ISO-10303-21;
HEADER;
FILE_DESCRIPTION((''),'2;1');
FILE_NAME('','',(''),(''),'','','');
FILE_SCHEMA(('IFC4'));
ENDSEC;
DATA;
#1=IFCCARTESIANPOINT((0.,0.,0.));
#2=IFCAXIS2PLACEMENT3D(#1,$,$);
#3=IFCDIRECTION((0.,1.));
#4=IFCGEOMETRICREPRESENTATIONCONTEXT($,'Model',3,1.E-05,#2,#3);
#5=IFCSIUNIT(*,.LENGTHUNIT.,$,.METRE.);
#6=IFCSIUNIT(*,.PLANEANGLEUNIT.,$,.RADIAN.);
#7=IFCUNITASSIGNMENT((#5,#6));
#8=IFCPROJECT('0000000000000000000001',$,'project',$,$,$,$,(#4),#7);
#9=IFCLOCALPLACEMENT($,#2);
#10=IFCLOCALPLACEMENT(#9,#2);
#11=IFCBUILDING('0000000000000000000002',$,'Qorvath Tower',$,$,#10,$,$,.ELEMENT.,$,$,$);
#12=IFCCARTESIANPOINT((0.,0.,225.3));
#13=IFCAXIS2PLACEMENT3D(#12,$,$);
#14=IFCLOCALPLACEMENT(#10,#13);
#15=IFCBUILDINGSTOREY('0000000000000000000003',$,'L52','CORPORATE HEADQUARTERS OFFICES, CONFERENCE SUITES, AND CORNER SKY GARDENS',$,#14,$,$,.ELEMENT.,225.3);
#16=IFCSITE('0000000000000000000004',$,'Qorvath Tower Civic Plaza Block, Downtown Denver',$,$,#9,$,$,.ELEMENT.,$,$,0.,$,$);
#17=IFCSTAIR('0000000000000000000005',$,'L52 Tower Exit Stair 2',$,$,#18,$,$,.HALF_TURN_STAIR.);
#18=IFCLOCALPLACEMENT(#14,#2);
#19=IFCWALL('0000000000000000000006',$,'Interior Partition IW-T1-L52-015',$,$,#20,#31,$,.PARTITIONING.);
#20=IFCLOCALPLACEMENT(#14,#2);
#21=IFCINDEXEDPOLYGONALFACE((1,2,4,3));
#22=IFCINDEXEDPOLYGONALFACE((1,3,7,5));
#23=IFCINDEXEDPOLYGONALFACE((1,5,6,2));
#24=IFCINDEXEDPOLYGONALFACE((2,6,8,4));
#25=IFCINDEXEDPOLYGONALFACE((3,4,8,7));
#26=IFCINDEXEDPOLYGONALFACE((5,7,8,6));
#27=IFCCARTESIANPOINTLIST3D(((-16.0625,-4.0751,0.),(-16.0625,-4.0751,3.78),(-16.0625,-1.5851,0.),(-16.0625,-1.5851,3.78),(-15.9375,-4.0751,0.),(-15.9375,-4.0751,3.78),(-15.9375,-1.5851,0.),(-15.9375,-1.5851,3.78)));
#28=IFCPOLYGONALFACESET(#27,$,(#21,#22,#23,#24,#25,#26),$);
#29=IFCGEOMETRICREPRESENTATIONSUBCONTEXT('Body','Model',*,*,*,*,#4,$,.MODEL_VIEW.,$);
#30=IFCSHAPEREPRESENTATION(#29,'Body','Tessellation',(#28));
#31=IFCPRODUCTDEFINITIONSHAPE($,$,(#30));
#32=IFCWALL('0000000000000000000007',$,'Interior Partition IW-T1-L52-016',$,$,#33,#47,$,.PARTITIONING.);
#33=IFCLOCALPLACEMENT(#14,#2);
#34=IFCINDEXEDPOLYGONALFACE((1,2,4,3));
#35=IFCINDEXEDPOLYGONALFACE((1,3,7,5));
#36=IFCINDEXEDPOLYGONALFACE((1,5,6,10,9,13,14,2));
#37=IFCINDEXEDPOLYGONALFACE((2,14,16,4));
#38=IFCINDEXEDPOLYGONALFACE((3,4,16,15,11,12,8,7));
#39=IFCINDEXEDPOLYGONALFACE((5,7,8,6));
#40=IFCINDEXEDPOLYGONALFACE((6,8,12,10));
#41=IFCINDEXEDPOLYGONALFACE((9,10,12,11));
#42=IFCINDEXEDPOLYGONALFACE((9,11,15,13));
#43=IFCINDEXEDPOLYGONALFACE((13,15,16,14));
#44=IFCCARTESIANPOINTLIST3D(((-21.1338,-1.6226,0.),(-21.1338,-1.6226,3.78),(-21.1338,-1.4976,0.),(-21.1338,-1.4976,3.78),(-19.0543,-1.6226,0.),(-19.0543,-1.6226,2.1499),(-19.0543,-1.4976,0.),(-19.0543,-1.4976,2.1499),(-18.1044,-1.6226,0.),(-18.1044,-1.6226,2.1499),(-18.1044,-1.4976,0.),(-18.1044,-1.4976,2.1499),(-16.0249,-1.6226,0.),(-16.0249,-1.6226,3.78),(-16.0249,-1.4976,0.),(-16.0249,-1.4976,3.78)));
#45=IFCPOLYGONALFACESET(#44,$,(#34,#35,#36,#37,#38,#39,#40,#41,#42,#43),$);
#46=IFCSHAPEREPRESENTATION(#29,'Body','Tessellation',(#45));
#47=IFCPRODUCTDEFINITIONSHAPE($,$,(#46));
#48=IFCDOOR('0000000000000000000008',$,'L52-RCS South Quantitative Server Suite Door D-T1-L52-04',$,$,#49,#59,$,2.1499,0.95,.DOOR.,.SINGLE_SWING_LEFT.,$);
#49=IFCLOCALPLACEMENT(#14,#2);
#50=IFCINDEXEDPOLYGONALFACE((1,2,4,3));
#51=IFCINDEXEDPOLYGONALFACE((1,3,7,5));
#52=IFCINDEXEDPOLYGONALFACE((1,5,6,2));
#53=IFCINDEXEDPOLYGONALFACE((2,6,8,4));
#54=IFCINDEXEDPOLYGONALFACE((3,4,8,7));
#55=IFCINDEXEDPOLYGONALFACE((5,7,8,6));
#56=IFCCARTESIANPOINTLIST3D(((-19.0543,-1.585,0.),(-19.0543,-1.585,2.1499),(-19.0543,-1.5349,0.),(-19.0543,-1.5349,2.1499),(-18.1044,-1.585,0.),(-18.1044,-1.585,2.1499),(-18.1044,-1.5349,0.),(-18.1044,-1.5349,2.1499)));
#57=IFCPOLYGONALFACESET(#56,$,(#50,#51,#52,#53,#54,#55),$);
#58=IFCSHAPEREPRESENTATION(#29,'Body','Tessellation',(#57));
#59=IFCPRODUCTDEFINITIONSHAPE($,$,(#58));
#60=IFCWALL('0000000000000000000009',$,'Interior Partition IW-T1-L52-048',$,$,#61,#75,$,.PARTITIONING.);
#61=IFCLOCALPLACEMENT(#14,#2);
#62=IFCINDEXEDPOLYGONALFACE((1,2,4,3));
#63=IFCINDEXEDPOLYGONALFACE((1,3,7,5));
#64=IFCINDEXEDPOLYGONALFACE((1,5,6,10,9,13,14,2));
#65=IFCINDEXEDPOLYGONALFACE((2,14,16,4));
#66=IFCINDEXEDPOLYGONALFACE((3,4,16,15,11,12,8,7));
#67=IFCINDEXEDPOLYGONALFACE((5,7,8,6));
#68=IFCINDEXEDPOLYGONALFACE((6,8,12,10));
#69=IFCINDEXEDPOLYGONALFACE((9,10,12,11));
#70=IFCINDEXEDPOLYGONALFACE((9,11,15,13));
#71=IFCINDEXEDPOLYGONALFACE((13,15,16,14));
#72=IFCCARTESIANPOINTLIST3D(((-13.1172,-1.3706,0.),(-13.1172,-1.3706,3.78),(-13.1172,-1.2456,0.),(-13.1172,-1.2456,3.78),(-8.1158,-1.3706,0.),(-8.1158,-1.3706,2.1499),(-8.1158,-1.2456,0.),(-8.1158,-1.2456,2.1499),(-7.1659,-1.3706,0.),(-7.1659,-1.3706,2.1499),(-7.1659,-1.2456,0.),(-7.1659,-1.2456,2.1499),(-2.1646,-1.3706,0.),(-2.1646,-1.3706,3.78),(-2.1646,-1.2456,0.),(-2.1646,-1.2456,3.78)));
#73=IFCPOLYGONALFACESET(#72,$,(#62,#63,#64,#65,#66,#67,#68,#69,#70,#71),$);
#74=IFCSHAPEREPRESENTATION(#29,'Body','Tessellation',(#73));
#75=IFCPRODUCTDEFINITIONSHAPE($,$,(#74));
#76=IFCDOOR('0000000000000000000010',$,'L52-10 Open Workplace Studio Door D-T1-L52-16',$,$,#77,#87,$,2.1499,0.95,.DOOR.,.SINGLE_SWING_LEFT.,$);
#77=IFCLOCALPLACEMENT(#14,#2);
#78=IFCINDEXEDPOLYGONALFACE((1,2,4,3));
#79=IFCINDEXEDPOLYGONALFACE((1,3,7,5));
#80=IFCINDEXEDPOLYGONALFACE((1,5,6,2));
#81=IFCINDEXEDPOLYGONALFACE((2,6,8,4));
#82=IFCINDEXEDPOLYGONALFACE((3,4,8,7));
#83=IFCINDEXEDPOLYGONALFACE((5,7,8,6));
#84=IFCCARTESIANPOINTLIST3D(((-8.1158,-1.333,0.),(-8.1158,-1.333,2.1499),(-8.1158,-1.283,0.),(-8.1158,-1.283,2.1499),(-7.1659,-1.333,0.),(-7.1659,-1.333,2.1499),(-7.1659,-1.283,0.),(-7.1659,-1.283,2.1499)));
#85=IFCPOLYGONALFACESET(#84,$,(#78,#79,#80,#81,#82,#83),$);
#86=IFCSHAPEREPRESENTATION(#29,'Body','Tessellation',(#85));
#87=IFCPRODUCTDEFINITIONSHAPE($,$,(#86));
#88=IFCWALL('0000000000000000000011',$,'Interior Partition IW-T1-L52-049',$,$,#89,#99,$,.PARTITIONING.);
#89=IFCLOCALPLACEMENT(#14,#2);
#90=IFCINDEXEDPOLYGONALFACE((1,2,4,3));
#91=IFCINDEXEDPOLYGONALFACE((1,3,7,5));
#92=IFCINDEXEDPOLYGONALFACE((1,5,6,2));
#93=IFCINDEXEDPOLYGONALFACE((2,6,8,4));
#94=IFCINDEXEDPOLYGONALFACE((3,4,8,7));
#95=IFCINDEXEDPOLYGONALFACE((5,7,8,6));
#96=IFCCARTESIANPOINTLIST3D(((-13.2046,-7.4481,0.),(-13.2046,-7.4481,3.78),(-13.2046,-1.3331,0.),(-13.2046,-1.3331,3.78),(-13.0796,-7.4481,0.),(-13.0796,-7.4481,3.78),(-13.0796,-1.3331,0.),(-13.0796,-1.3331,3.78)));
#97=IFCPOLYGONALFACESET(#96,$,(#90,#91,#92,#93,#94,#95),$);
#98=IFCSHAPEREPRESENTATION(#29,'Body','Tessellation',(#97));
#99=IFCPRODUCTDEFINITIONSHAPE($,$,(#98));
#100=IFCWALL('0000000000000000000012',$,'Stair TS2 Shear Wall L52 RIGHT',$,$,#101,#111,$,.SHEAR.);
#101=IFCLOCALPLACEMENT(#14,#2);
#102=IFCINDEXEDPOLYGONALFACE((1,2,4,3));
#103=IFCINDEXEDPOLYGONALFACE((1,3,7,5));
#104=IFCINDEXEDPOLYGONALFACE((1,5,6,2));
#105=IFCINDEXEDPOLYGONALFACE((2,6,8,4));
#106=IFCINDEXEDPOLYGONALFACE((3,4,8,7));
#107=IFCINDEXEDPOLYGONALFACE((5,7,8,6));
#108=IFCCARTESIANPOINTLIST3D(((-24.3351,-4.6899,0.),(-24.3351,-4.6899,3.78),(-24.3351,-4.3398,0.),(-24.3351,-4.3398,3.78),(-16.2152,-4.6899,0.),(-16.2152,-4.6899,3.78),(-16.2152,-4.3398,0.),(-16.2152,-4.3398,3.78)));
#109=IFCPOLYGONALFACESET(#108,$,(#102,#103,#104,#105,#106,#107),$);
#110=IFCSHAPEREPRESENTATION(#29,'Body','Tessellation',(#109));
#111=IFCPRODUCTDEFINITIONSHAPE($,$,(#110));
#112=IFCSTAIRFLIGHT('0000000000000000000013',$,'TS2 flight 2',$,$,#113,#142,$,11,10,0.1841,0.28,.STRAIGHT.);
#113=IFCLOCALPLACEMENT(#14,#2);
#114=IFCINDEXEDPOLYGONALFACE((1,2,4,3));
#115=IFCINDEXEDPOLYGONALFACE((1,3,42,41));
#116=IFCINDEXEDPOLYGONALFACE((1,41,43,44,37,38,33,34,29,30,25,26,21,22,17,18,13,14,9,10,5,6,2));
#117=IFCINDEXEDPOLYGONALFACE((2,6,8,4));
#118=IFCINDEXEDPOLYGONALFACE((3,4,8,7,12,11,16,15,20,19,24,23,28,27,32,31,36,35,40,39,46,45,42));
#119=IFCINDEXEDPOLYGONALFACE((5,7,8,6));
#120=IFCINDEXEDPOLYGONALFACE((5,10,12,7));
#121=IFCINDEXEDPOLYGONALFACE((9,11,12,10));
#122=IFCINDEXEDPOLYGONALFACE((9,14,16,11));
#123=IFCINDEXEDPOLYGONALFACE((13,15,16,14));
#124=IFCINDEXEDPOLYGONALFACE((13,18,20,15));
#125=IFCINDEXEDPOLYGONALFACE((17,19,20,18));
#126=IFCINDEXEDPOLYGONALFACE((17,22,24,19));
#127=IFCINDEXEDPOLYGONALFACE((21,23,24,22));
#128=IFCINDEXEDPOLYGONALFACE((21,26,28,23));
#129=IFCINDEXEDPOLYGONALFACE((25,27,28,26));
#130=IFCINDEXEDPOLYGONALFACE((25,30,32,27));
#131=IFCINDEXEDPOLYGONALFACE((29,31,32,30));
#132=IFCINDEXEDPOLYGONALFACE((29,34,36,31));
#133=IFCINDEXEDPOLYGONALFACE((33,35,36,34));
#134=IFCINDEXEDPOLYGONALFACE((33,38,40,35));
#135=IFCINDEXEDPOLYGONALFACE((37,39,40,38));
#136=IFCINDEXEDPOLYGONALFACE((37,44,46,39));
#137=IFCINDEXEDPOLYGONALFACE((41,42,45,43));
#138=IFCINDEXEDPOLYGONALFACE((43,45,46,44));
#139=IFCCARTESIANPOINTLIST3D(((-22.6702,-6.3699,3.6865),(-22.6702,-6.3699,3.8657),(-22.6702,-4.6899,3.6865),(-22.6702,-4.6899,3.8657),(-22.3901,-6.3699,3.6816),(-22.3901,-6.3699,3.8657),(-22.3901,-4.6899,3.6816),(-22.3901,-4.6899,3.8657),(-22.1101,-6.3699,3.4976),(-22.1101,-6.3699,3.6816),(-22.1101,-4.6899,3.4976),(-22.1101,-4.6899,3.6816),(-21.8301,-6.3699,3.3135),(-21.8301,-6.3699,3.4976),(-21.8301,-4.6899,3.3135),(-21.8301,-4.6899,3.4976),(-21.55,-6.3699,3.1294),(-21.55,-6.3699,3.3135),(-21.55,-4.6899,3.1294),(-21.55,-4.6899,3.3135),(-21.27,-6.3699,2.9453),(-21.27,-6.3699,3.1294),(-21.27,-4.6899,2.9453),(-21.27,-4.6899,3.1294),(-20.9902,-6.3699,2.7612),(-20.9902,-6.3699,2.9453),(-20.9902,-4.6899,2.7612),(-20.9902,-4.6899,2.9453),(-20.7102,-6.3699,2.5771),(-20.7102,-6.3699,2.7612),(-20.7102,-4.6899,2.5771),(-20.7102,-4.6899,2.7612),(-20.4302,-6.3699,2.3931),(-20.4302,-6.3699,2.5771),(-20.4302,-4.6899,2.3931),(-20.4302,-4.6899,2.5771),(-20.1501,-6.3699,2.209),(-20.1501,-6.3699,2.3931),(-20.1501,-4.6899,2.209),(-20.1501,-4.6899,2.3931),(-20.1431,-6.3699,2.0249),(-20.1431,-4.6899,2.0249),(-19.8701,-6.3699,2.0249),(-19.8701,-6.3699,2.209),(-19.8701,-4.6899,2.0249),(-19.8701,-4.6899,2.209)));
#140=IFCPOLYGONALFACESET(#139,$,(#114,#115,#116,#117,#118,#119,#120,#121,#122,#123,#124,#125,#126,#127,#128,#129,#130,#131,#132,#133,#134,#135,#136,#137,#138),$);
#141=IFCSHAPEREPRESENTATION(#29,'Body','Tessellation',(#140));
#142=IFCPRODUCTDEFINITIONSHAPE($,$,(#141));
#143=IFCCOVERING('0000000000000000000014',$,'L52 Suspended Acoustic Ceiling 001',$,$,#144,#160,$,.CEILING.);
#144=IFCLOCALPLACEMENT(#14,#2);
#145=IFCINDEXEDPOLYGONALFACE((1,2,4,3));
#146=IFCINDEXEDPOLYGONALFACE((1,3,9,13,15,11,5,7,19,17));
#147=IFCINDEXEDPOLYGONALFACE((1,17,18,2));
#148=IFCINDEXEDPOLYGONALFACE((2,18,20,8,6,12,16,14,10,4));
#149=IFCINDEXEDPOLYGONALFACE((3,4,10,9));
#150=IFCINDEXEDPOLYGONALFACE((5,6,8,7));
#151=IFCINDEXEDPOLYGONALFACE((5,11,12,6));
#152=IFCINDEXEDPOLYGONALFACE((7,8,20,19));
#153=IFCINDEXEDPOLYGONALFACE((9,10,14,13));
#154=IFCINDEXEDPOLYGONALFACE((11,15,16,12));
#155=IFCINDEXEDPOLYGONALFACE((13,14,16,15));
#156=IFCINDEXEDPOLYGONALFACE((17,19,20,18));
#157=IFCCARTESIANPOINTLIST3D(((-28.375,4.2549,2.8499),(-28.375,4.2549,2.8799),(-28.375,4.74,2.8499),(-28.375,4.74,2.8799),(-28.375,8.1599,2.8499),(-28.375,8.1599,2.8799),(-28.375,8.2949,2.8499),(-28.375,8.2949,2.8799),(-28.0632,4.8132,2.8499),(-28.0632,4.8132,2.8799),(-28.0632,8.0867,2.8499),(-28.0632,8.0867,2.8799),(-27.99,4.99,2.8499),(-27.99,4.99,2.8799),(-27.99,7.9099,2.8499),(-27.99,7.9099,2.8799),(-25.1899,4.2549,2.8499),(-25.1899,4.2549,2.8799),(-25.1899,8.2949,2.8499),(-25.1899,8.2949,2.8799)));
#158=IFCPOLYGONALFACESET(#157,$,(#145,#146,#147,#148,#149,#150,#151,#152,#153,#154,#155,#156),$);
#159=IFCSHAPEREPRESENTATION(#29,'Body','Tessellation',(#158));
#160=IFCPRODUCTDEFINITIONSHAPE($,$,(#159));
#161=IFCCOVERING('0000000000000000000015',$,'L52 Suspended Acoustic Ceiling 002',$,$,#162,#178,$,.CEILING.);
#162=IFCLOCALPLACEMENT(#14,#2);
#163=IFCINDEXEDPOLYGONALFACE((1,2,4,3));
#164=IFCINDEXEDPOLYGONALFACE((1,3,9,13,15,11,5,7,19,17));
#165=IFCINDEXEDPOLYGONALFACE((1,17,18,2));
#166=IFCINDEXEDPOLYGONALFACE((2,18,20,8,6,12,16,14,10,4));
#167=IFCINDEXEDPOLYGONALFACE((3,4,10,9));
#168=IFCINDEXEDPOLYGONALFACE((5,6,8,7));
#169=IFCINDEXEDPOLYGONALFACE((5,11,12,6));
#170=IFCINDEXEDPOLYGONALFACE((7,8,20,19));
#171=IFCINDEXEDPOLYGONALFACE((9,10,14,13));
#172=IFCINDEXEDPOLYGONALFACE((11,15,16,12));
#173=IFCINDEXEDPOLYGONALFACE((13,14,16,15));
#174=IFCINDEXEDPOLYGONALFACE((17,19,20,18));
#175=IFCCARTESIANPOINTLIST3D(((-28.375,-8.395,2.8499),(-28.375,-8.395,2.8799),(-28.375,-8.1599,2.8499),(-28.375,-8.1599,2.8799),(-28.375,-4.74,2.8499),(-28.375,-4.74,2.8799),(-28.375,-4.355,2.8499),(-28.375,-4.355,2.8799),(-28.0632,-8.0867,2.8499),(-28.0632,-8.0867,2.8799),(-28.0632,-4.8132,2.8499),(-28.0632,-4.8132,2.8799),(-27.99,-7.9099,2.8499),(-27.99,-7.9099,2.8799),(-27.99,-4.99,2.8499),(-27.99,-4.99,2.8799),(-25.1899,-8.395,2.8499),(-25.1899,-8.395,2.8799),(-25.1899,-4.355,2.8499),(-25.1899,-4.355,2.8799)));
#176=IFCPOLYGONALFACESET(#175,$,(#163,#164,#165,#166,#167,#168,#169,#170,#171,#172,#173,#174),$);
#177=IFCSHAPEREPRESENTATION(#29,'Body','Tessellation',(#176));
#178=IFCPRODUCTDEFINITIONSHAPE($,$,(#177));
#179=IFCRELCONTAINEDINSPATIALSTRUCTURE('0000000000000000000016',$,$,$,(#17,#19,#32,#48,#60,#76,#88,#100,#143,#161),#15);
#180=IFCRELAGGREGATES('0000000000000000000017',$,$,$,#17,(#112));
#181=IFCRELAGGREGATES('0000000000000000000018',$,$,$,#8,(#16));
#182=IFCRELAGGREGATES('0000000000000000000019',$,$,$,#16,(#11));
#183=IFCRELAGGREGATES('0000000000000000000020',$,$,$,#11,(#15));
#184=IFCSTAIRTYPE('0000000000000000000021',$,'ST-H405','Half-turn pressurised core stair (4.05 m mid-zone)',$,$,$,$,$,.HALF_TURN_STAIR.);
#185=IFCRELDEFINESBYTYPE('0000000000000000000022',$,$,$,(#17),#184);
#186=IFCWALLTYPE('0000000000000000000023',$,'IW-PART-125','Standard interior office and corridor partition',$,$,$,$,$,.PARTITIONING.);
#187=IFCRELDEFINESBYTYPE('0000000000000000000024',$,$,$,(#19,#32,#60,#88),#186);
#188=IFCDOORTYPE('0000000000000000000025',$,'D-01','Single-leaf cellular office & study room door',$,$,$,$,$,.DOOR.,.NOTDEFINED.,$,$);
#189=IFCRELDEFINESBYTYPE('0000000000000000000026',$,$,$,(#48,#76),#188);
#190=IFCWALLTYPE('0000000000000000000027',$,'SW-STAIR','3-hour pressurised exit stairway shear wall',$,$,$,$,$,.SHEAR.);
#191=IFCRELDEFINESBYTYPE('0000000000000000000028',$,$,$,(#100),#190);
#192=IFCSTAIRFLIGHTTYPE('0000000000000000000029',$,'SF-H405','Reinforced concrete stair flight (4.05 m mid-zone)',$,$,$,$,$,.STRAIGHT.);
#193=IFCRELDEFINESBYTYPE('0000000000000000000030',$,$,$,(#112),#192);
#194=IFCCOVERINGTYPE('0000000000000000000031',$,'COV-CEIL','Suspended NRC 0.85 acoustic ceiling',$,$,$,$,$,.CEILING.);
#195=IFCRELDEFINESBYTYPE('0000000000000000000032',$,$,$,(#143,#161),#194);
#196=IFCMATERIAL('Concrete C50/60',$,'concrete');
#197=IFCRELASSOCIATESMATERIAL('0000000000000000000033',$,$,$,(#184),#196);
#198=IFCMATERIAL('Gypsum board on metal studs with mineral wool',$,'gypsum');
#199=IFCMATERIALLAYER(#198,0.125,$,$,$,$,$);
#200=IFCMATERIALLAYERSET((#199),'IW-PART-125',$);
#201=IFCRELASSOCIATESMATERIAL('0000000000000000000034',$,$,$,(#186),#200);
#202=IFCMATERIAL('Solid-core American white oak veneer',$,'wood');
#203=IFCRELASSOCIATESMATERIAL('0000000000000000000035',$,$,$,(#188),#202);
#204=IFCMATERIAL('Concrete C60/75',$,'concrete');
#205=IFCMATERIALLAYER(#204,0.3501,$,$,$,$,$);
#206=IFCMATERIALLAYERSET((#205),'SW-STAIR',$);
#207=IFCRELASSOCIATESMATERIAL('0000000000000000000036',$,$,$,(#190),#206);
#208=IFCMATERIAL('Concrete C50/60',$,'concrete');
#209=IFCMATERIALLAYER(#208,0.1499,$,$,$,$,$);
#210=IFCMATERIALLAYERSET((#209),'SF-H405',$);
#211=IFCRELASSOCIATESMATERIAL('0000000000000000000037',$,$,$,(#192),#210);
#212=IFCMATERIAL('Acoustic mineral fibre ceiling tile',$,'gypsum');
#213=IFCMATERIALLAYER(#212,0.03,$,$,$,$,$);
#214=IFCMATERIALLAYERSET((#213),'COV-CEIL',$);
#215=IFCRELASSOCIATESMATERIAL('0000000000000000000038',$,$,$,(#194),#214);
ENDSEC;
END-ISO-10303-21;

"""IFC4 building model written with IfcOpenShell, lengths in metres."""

from ifc_helpers import new_model, si_unit, direction, frame, frame_2d, origin, place, context, subcontext, project, spatial, polyline, rectangle, outline, extrude, material, layer, layer_set, type_object, element, fill, aggregate, save


model = new_model("IFC4")

# Units and contexts
model_context = context("Model", 3, precision=1e-05, world=origin(), true_north=direction((0.0, 1.0)))
body_context = subcontext(model_context, "Body", "Model", "MODEL_VIEW")
ifc_project = project(units=[si_unit("LENGTHUNIT", "METRE"), si_unit("PLANEANGLEUNIT", "RADIAN")], contexts=[model_context])

# Site, building, storey
site_placement = place(None, origin())
site = spatial("IfcSite", under=ifc_project, at=site_placement, Name="Qorvath Tower Civic Plaza Block, Downtown Denver", CompositionType="ELEMENT", RefElevation=0.0)
building_placement = place(site_placement, origin())
building = spatial("IfcBuilding", under=site, at=building_placement, Name="Qorvath Tower", CompositionType="ELEMENT")
storey_placement = place(building_placement, frame((0.0, 0.0, 225.3)))
storey = spatial("IfcBuildingStorey", under=building, at=storey_placement, Name="L52", Description="CORPORATE HEADQUARTERS OFFICES, CONFERENCE SUITES, AND CORNER SKY GARDENS", CompositionType="ELEMENT", Elevation=225.3)

# Stair
ifc_material_1 = material(Name="Concrete C50/60", Category="concrete")
stair_type = type_object("IfcStairType", Name="ST-H405", Description="Half-turn pressurised core stair (4.05 m mid-zone)", PredefinedType="HALF_TURN_STAIR", material=ifc_material_1)
stair_1_placement = place(storey_placement, origin())
stair_1 = element("IfcStair", 1, at=stair_1_placement, inside=storey, type_object=stair_type, Name="L52 Tower Exit Stair 2", PredefinedType="HALF_TURN_STAIR")

# Wall
ifc_material_2 = material(Name="Gypsum board on metal studs with mineral wool", Category="gypsum")
ifc_layer_1 = layer(ifc_material_2, 0.125)
ifc_layer_set_1 = layer_set([ifc_layer_1], Name="IW-PART-125")
wall_type_1 = type_object("IfcWallType", Name="IW-PART-125", Description="Standard interior office and corridor partition", PredefinedType="PARTITIONING", material=ifc_layer_set_1)
wall_1_placement = place(storey_placement, frame((-16.0, -4.0752, 0.0), z_axis=(0.0, 0.0, 1.0), x_axis=(0.0, 1.0, 0.0)))
element("IfcWall", 2, at=wall_1_placement, inside=storey, type_object=wall_type_1, Name="Interior Partition IW-T1-L52-015", PredefinedType="PARTITIONING", context=body_context, shape_type="SweptSolid", body=[
    extrude(rectangle(XDim=2.49, YDim=0.125, at=frame_2d((1.2451, 0.0))), origin(), (0.0, 0.0, 1.0), 3.78),
])

# Walls, openings, doors
wall_2_placement = place(storey_placement, frame((-16.0249, -1.5601, 0.0), z_axis=(0.0, 0.0, 1.0), x_axis=(-1.0, 0.0, 0.0)))
wall_2 = element("IfcWall", 3, at=wall_2_placement, inside=storey, type_object=wall_type_1, Name="Interior Partition IW-T1-L52-016", PredefinedType="PARTITIONING", context=body_context, shape_type="SweptSolid", body=[
    extrude(rectangle(XDim=5.1089, YDim=0.125, at=frame_2d((2.5544, 0.0))), origin(), (0.0, 0.0, 1.0), 3.78),
])
opening_1_placement = place(wall_2_placement, frame((2.0793, 0.0, 0.0)))
opening_1 = element("IfcOpeningElement", 4, at=opening_1_placement, cuts=wall_2, PredefinedType="OPENING", context=body_context, shape_type="SweptSolid", body=[
    extrude(rectangle(XDim=0.95, YDim=2.1499, at=frame_2d((0.4751, 1.075))), frame((0.0, 0.0725, 0.0), z_axis=(0.0, -1.0, 0.0), x_axis=(1.0, 0.0, 0.0)), (0.0, 0.0, 1.0), 0.145),
])
ifc_material_3 = material(Name="Solid-core American white oak veneer", Category="wood")
door_type = type_object("IfcDoorType", Name="D-01", Description="Single-leaf cellular office & study room door", OperationType="NOTDEFINED", PredefinedType="DOOR", material=ifc_material_3)
door_1_placement = place(opening_1_placement, origin())
door_1 = element("IfcDoor", 5, at=door_1_placement, inside=storey, type_object=door_type, Name="L52-RCS South Quantitative Server Suite Door D-T1-L52-04", OperationType="SINGLE_SWING_LEFT", OverallHeight=2.1499, OverallWidth=0.95, PredefinedType="DOOR", context=body_context, shape_type="SweptSolid", body=[
    extrude(rectangle(XDim=0.95, YDim=2.1499, at=frame_2d((0.4751, 1.075))), frame((0.0, 0.0249, 0.0), z_axis=(0.0, -1.0, 0.0), x_axis=(1.0, 0.0, 0.0)), (0.0, 0.0, 1.0), 0.05),
])
fill(opening_1, door_1)
wall_3_placement = place(storey_placement, frame((-2.1646, -1.3081, 0.0), z_axis=(0.0, 0.0, 1.0), x_axis=(-1.0, 0.0, 0.0)))
wall_3 = element("IfcWall", 6, at=wall_3_placement, inside=storey, type_object=wall_type_1, Name="Interior Partition IW-T1-L52-048", PredefinedType="PARTITIONING", context=body_context, shape_type="SweptSolid", body=[
    extrude(rectangle(XDim=10.9526, YDim=0.125, at=frame_2d((5.4763, 0.0))), origin(), (0.0, 0.0, 1.0), 3.78),
])
opening_2_placement = place(wall_3_placement, frame((5.0012, 0.0, 0.0)))
opening_2 = element("IfcOpeningElement", 7, at=opening_2_placement, cuts=wall_3, PredefinedType="OPENING", context=body_context, shape_type="SweptSolid", body=[
    extrude(rectangle(XDim=0.95, YDim=2.1499, at=frame_2d((0.4751, 1.075))), frame((0.0, 0.0725, 0.0), z_axis=(0.0, -1.0, 0.0), x_axis=(1.0, 0.0, 0.0)), (0.0, 0.0, 1.0), 0.145),
])
door_2_placement = place(opening_2_placement, origin())
door_2 = element("IfcDoor", 8, at=door_2_placement, inside=storey, type_object=door_type, Name="L52-10 Open Workplace Studio Door D-T1-L52-16", OperationType="SINGLE_SWING_LEFT", OverallHeight=2.1499, OverallWidth=0.95, PredefinedType="DOOR", context=body_context, shape_type="SweptSolid", body=[
    extrude(rectangle(XDim=0.95, YDim=2.1499, at=frame_2d((0.4751, 1.075))), frame((0.0, 0.0249, 0.0), z_axis=(0.0, -1.0, 0.0), x_axis=(1.0, 0.0, 0.0)), (0.0, 0.0, 1.0), 0.05),
])
fill(opening_2, door_2)

# Walls
wall_4_placement = place(storey_placement, frame((-13.1421, -1.333, 0.0), z_axis=(0.0, 0.0, 1.0), x_axis=(0.0, -1.0, 0.0)))
element("IfcWall", 9, at=wall_4_placement, inside=storey, type_object=wall_type_1, Name="Interior Partition IW-T1-L52-049", PredefinedType="PARTITIONING", context=body_context, shape_type="SweptSolid", body=[
    extrude(rectangle(XDim=6.115, YDim=0.125, at=frame_2d((3.0576, 0.0))), origin(), (0.0, 0.0, 1.0), 3.78),
])
ifc_material_4 = material(Name="Concrete C60/75", Category="concrete")
ifc_layer_2 = layer(ifc_material_4, 0.3501)
ifc_layer_set_2 = layer_set([ifc_layer_2], Name="SW-STAIR")
wall_type_2 = type_object("IfcWallType", Name="SW-STAIR", Description="3-hour pressurised exit stairway shear wall", PredefinedType="SHEAR", material=ifc_layer_set_2)
wall_5_placement = place(storey_placement, frame((-16.2151, -4.5149, 0.0), z_axis=(0.0, 0.0, 1.0), x_axis=(-1.0, 0.0, 0.0)))
element("IfcWall", 10, at=wall_5_placement, inside=storey, type_object=wall_type_2, Name="Stair TS2 Shear Wall L52 RIGHT", PredefinedType="SHEAR", context=body_context, shape_type="SweptSolid", body=[
    extrude(rectangle(XDim=8.1199, YDim=0.3501, at=frame_2d((4.0601, 0.0))), origin(), (0.0, 0.0, 1.0), 3.78),
])

# Stair flight
ifc_material_5 = material(Name="Concrete C50/60", Category="concrete")
ifc_layer_3 = layer(ifc_material_5, 0.1499)
ifc_layer_set_3 = layer_set([ifc_layer_3], Name="SF-H405")
stair_flight_type = type_object("IfcStairFlightType", Name="SF-H405", Description="Reinforced concrete stair flight (4.05 m mid-zone)", PredefinedType="STRAIGHT", material=ifc_layer_set_3)
stair_flight_placement = place(storey_placement, frame((-19.8701, -5.53, 2.0249), z_axis=(0.0, 0.0, 1.0), x_axis=(-1.0, 0.0, 0.0)))
stair_flight = element("IfcStairFlight", 11, at=stair_flight_placement, type_object=stair_flight_type, Name="TS2 flight 2", NumberOfRisers=11, NumberOfTreads=10, PredefinedType="STRAIGHT", RiserHeight=0.1841, TreadLength=0.28, context=body_context, shape_type="SweptSolid", body=[
    extrude(outline(polyline([(0.0, 0.0), (0.0, 0.1841), (0.28, 0.1841), (0.28, 0.3682), (0.5601, 0.3682), (0.5601, 0.5522), (0.8401, 0.5522), (0.8401, 0.7363), (1.1201, 0.7363), (1.1201, 0.9204), (1.3999, 0.9204), (1.3999, 1.1045), (1.6799, 1.1045), (1.6799, 1.2886), (1.96, 1.2886), (1.96, 1.4727), (2.24, 1.4727), (2.24, 1.6567), (2.52, 1.6567), (2.52, 1.8408), (2.8, 1.8408), (2.8, 2.0249), (2.8, 1.6616), (0.2729, 0.0), (0.0, 0.0)])), frame((0.0, 0.8398, 0.0), z_axis=(0.0, -1.0, 0.0), x_axis=(1.0, 0.0, 0.0)), (0.0, 0.0, 1.0), 1.6799),
])
aggregate(stair_1, [stair_flight])

# Coverings
ifc_material_6 = material(Name="Acoustic mineral fibre ceiling tile", Category="gypsum")
ifc_layer_4 = layer(ifc_material_6, 0.03)
ifc_layer_set_4 = layer_set([ifc_layer_4], Name="COV-CEIL")
covering_type_1 = type_object("IfcCoveringType", Name="COV-CEIL", Description="Suspended NRC 0.85 acoustic ceiling", PredefinedType="CEILING", material=ifc_layer_set_4)
covering_1_placement = place(storey_placement, frame((0.0, 0.0, 2.8499)))
element("IfcCovering", 12, at=covering_1_placement, inside=storey, type_object=covering_type_1, Name="L52 Suspended Acoustic Ceiling 001", PredefinedType="CEILING", context=body_context, shape_type="SweptSolid", body=[
    extrude(outline(polyline([(-25.1899, 4.2549), (-25.1899, 8.2949), (-28.375, 8.2949), (-28.375, 8.1599), (-28.0632, 8.0867), (-27.99, 7.9099), (-27.99, 4.99), (-28.0632, 4.8132), (-28.375, 4.74), (-28.375, 4.2549), (-25.1899, 4.2549)])), origin(), (0.0, 0.0, 1.0), 0.03),
])
covering_2_placement = place(storey_placement, frame((0.0, 0.0, 2.8499)))
element("IfcCovering", 13, at=covering_2_placement, inside=storey, type_object=covering_type_1, Name="L52 Suspended Acoustic Ceiling 002", PredefinedType="CEILING", context=body_context, shape_type="SweptSolid", body=[
    extrude(outline(polyline([(-25.1899, -8.395), (-25.1899, -4.355), (-28.375, -4.355), (-28.375, -4.74), (-28.0632, -4.8132), (-27.99, -4.99), (-27.99, -7.9099), (-28.0632, -8.0867), (-28.375, -8.1599), (-28.375, -8.395), (-25.1899, -8.395)])), origin(), (0.0, 0.0, 1.0), 0.03),
])

save(model, "model.ifc")
